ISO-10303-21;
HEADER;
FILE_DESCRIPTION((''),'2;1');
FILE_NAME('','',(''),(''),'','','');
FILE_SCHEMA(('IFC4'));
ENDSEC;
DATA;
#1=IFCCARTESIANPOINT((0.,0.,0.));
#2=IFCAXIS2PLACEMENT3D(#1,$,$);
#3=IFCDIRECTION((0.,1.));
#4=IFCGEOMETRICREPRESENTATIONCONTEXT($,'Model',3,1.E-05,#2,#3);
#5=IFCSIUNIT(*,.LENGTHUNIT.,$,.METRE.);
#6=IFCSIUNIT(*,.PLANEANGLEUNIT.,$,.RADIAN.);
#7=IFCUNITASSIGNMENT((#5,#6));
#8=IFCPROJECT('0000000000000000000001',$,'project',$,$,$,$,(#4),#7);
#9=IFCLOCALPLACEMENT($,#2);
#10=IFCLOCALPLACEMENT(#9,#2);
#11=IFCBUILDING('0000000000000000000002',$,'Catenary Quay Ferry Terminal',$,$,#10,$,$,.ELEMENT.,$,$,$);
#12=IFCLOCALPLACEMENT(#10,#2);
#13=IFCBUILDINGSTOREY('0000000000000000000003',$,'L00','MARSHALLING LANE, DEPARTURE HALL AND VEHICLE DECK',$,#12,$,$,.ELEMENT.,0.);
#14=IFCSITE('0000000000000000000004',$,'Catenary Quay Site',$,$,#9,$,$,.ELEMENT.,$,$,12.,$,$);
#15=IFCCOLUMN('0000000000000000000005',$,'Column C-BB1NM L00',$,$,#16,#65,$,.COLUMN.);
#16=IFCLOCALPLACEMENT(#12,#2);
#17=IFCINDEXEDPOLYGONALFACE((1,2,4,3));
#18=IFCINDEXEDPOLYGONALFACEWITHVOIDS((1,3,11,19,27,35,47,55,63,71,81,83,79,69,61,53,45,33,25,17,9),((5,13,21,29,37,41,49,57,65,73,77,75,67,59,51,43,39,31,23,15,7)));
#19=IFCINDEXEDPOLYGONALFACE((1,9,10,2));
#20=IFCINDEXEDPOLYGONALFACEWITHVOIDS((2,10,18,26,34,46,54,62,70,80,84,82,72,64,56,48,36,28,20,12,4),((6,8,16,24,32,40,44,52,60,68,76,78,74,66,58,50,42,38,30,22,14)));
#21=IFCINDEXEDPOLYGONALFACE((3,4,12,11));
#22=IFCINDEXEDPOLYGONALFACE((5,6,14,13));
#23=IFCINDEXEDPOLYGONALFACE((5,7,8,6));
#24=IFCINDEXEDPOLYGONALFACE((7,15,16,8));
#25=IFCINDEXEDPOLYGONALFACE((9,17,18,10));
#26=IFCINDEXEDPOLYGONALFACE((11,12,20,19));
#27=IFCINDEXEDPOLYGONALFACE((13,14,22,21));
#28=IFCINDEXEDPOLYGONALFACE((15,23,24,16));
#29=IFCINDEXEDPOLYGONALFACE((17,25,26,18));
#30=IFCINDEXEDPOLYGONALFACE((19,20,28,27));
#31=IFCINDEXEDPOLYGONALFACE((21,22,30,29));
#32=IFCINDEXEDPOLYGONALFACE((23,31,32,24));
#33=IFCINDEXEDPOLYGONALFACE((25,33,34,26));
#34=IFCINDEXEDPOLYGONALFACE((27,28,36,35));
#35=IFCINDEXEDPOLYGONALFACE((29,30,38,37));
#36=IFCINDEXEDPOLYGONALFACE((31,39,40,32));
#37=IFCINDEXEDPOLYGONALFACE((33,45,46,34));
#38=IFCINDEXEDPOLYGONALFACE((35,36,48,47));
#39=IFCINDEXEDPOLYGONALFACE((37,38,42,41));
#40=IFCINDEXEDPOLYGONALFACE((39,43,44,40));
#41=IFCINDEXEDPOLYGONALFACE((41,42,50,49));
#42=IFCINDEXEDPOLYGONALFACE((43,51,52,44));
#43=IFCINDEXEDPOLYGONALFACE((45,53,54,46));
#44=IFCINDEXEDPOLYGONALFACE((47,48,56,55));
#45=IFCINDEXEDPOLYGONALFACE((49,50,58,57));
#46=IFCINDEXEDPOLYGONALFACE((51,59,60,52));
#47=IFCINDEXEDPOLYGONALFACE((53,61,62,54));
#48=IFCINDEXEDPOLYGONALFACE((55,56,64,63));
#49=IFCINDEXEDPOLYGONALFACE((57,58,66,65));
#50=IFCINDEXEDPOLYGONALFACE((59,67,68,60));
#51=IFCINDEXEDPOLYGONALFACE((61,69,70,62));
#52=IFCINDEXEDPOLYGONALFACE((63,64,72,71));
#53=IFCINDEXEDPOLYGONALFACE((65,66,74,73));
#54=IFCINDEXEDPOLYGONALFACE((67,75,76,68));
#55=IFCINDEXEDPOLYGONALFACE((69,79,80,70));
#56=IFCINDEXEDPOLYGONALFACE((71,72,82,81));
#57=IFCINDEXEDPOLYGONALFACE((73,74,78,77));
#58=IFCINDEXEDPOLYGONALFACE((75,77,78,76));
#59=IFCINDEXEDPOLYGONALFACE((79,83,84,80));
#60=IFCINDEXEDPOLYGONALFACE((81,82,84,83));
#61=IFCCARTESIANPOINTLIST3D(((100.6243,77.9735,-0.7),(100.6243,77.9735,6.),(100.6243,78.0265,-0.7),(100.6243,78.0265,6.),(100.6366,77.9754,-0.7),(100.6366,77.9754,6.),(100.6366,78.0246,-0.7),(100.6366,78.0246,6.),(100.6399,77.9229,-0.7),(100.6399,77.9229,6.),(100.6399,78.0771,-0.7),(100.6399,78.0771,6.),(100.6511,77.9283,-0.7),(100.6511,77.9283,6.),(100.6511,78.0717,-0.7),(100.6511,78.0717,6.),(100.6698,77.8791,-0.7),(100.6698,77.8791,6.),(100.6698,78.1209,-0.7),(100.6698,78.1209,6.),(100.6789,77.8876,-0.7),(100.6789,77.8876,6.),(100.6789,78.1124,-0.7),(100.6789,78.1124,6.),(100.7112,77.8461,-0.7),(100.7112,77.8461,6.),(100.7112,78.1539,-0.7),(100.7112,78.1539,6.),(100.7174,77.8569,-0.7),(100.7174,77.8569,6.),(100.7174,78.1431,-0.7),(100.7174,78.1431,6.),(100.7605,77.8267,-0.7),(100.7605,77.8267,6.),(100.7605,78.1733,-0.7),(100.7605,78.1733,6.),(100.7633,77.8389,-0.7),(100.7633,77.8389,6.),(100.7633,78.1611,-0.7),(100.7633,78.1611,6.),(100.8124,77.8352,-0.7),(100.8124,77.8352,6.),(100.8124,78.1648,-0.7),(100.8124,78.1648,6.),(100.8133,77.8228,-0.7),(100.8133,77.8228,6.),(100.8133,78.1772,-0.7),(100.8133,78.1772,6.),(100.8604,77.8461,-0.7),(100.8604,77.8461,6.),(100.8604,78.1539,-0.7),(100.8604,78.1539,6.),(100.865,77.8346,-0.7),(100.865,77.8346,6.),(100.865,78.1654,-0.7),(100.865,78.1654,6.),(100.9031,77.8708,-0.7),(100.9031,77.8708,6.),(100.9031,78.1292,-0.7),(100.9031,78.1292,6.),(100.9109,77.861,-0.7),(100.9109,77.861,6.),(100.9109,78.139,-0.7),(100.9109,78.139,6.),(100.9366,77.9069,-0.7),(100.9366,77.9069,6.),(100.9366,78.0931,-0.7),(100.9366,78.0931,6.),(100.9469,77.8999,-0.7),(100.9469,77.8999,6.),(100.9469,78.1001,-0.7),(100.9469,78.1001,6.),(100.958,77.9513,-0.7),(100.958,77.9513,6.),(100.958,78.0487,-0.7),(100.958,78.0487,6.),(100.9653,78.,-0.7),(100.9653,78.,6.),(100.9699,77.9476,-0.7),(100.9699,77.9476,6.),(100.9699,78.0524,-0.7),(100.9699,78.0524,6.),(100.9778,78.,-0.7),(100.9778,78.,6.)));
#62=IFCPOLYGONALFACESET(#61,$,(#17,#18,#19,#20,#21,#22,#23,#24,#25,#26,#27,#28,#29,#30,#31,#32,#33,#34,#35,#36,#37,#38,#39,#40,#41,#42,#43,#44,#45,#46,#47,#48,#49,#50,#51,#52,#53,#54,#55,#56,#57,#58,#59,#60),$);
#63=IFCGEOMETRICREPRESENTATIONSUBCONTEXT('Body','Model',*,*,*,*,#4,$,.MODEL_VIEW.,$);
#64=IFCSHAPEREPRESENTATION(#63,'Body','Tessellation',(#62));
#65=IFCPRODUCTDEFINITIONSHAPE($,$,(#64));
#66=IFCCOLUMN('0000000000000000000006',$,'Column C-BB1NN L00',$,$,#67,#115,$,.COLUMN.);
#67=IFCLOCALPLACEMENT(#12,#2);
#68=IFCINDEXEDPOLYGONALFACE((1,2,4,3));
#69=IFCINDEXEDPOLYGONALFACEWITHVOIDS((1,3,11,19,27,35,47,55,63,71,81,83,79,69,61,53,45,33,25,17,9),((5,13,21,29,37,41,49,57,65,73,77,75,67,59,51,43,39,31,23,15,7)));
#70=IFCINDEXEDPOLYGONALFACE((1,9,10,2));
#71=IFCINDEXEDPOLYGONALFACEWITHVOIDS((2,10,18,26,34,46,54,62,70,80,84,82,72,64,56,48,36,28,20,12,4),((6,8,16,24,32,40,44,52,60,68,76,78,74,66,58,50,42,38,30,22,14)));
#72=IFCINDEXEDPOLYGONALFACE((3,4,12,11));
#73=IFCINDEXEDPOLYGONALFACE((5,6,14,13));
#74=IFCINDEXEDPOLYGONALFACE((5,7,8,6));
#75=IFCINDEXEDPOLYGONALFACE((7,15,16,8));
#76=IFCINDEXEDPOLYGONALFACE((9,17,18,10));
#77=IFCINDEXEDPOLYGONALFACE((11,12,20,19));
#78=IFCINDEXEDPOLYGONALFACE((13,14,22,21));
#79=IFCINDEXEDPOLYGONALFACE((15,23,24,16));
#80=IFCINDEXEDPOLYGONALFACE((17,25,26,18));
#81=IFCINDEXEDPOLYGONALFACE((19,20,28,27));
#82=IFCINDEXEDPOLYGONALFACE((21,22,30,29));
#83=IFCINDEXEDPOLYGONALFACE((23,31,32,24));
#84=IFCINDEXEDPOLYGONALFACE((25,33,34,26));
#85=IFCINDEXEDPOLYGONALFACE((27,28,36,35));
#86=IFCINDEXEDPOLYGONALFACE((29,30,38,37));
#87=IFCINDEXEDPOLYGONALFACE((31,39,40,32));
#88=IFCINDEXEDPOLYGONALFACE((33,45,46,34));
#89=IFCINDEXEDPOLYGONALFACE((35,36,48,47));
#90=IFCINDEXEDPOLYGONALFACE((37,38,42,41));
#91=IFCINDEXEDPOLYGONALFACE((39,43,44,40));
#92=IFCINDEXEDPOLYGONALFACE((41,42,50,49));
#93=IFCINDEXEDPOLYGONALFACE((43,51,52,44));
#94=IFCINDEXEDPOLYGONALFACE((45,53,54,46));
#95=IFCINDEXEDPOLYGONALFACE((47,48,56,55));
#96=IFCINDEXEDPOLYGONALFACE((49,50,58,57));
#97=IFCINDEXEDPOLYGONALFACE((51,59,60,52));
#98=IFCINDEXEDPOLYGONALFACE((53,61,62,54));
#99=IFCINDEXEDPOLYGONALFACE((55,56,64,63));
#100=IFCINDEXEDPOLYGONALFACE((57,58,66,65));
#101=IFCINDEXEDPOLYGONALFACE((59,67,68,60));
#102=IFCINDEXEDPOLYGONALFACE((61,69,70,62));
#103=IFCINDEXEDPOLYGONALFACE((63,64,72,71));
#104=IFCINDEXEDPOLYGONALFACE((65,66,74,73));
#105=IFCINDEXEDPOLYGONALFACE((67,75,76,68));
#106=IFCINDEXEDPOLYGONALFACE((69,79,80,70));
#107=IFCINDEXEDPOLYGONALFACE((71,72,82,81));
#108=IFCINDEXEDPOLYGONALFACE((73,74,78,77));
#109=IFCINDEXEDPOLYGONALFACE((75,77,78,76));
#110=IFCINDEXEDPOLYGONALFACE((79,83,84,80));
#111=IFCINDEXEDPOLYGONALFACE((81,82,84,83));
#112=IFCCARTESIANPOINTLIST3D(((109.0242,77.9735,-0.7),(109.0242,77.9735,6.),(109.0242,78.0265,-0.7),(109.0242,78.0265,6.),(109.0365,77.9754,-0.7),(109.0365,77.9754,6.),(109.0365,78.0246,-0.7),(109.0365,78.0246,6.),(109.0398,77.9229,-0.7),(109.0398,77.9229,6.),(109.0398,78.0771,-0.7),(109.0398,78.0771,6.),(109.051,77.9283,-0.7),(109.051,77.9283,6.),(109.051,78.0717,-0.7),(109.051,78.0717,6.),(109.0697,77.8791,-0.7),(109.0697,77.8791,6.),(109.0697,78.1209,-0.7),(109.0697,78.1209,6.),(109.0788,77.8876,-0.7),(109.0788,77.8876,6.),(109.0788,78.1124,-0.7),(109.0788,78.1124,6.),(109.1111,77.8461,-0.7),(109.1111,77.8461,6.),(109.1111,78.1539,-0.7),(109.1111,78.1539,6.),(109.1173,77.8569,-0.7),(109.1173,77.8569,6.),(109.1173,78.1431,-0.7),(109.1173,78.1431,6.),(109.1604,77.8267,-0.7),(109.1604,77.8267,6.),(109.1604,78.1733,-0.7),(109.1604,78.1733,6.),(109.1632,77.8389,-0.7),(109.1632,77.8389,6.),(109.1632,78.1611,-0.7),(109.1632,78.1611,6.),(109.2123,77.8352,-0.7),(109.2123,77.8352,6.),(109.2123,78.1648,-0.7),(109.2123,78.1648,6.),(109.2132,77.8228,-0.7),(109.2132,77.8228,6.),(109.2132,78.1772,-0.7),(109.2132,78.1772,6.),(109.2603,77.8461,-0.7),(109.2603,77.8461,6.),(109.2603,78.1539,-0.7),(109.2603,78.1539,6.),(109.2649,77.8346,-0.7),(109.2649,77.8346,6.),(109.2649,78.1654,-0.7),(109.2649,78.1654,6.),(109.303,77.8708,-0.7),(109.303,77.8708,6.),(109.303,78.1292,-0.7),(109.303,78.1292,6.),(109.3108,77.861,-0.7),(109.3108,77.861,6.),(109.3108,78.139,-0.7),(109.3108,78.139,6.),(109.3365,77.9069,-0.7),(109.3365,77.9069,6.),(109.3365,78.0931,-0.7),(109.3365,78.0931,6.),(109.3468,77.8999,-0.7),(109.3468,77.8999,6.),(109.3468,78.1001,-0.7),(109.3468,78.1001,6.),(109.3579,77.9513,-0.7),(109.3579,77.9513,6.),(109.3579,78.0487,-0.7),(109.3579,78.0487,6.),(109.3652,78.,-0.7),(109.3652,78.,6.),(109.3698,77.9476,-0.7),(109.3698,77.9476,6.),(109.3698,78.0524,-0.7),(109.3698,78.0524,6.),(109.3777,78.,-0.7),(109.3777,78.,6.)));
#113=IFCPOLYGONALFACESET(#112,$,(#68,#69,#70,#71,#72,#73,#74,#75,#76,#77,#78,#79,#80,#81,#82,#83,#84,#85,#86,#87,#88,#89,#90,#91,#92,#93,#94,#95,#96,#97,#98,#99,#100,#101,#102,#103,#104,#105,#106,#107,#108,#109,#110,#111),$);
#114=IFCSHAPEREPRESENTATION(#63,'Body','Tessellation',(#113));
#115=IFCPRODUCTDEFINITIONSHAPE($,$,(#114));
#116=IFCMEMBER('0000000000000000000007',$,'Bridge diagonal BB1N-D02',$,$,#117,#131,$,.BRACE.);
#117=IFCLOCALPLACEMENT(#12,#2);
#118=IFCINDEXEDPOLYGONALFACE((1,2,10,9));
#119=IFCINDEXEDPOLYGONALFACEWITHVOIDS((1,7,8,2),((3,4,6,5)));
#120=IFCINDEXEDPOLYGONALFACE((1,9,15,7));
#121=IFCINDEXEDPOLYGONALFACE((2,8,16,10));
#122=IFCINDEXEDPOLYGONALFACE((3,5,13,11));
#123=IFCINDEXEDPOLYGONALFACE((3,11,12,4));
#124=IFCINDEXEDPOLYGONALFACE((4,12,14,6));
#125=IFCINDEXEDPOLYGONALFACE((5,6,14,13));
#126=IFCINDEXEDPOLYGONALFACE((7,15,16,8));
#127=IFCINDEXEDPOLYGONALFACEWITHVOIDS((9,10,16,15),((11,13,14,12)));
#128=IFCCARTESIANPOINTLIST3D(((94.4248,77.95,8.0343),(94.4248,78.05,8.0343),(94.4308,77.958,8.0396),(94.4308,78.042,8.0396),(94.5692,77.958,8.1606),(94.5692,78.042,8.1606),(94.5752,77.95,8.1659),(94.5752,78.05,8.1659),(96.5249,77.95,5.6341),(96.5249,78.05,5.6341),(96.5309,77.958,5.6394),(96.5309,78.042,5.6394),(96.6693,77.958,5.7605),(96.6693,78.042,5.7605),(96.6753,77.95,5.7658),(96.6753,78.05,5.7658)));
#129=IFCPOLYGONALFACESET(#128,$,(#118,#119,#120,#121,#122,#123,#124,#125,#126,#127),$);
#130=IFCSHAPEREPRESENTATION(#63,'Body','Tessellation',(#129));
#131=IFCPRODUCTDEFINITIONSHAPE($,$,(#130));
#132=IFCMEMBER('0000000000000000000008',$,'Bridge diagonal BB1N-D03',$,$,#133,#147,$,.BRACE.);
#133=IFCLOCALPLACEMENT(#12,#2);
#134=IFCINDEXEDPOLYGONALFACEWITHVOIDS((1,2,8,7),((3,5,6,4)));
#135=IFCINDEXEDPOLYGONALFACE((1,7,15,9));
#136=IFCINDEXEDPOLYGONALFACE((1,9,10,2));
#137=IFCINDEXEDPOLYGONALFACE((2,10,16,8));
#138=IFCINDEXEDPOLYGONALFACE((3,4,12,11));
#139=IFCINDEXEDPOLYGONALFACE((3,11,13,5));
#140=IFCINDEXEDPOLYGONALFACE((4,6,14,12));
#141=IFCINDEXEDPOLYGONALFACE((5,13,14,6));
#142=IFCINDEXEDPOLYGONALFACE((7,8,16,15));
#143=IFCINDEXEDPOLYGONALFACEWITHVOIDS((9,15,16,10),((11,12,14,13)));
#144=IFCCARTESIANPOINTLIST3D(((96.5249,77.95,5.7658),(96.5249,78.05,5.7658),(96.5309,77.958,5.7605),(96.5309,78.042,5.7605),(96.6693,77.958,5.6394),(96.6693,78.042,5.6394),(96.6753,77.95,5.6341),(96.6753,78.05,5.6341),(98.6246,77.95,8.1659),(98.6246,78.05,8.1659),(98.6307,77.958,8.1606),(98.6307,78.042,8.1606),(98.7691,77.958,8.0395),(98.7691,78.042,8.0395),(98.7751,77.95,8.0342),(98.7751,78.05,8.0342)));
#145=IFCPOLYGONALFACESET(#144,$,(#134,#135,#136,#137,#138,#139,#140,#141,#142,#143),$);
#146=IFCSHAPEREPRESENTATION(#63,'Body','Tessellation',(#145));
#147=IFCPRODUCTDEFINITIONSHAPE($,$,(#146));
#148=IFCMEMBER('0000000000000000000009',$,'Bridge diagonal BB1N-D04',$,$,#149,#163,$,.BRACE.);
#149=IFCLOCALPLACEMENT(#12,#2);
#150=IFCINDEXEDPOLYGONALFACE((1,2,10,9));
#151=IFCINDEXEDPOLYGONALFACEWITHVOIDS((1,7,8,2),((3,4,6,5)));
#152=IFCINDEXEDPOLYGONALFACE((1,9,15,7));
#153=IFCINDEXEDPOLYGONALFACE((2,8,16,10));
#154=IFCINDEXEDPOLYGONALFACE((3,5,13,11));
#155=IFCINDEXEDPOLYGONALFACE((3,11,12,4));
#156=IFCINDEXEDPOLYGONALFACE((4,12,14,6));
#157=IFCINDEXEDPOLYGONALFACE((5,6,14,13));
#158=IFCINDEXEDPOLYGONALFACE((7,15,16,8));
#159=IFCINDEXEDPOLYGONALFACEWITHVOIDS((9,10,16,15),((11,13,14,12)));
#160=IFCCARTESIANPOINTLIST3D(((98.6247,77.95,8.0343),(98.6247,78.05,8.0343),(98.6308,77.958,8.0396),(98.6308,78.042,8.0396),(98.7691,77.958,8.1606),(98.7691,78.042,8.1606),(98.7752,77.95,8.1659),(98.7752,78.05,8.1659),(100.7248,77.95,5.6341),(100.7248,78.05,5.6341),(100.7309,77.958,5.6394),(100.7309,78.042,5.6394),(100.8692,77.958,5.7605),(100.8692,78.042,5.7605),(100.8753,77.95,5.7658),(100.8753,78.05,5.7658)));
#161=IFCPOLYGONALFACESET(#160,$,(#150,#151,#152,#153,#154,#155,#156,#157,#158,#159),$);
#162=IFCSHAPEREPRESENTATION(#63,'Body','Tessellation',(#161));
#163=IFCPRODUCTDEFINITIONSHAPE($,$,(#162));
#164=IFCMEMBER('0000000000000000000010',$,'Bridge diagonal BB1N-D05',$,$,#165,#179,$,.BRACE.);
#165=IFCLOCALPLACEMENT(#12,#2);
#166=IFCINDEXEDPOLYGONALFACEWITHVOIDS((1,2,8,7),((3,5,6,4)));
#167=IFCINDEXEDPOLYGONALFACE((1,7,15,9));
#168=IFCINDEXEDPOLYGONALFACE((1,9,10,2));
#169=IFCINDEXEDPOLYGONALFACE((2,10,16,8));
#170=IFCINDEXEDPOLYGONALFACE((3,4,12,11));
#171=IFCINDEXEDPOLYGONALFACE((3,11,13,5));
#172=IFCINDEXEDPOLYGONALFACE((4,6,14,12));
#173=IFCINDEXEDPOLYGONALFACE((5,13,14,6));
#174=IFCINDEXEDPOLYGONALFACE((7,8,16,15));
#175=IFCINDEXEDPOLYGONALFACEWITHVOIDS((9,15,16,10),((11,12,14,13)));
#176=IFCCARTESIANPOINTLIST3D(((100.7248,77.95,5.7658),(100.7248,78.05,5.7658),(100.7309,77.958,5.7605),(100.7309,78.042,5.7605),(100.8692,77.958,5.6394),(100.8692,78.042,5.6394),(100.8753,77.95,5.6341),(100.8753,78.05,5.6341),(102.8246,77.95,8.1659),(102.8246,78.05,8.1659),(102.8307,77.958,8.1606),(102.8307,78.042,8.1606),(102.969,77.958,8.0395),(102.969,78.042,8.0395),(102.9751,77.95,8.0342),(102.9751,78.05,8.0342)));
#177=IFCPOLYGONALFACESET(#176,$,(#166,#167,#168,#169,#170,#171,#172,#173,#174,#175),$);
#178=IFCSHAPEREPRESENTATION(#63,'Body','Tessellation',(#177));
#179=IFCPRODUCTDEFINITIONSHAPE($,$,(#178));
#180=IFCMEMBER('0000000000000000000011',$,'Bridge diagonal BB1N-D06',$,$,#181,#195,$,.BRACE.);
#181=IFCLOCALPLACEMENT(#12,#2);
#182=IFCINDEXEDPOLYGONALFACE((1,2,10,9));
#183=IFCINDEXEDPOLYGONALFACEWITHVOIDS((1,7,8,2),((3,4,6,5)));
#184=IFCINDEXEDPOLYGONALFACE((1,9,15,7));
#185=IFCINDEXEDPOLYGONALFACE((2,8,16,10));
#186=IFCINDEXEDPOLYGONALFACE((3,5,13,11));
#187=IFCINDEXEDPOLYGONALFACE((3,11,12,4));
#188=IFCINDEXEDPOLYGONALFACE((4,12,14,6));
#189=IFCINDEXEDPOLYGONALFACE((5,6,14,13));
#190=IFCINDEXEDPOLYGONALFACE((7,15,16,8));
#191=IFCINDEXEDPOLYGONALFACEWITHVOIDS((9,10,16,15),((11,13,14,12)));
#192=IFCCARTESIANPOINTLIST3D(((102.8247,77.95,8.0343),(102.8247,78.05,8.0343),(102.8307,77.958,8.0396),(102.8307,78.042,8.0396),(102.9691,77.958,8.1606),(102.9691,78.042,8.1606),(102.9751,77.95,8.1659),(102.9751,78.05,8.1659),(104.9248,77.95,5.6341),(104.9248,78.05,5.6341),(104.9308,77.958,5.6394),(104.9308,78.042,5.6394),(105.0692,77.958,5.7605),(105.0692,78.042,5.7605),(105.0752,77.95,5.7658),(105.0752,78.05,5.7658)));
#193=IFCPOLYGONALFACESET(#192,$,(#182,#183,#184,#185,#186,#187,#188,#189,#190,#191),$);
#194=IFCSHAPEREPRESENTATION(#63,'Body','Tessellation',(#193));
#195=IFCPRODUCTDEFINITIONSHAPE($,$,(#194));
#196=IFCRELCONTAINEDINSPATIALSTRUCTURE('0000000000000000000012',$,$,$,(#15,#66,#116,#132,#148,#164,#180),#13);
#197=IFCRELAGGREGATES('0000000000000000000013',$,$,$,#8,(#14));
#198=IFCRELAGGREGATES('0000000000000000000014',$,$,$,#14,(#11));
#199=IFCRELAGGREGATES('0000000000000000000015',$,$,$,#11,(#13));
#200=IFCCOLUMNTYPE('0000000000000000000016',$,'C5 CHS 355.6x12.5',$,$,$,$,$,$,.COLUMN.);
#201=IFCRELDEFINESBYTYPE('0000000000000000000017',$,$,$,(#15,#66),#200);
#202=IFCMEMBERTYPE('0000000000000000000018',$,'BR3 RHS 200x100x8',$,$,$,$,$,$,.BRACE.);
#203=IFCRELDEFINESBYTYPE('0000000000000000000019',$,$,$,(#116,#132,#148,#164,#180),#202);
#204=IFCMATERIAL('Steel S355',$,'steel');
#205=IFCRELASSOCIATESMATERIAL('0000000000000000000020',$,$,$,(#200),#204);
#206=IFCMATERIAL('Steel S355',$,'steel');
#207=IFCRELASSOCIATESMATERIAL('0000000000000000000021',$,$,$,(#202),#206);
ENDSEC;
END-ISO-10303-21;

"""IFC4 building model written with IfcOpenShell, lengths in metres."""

from ifc_helpers import new_model, si_unit, direction, frame, origin, origin_2d, place, context, subcontext, project, spatial, hollow_rectangle, hollow_circle, extrude, material, material_profile, profile_set, type_object, element, save


model = new_model("IFC4")

# Units and contexts
model_context = context("Model", 3, precision=1e-05, world=origin(), true_north=direction((0.0, 1.0)))
body_context = subcontext(model_context, "Body", "Model", "MODEL_VIEW")
ifc_project = project(units=[si_unit("LENGTHUNIT", "METRE"), si_unit("PLANEANGLEUNIT", "RADIAN")], contexts=[model_context])

# Site, building, storey
site_placement = place(None, origin())
site = spatial("IfcSite", under=ifc_project, at=site_placement, Name="Catenary Quay Site", CompositionType="ELEMENT", RefElevation=12.0)
building_placement = place(site_placement, origin())
building = spatial("IfcBuilding", under=site, at=building_placement, Name="Catenary Quay Ferry Terminal", CompositionType="ELEMENT")
storey_placement = place(building_placement, origin())
storey = spatial("IfcBuildingStorey", under=building, at=storey_placement, Name="L00", Description="MARSHALLING LANE, DEPARTURE HALL AND VEHICLE DECK", CompositionType="ELEMENT", Elevation=0.0)

# Columns
ifc_material_1 = material(Name="Steel S355", Category="steel")
ifc_material_profile_1 = material_profile(ifc_material_1, hollow_circle(Radius=0.1777, WallThickness=0.0125, at=origin_2d()), Name="CHS 355.6x12.5")
ifc_profile_set_1 = profile_set([ifc_material_profile_1], Name="Steel S355")
column_type = type_object("IfcColumnType", Name="C5 CHS 355.6x12.5", PredefinedType="COLUMN", material=ifc_profile_set_1)
for number, where, z_axis, x_axis, name in (
    (1, (100.8, 78.0, -0.7), (0.0, 0.0, 1.0), (1.0, 0.0, 0.0), "Column C-BB1NM L00"),
    (2, (109.2, 78.0, -0.7), (0.0, 0.0, 1.0), (1.0, 0.0, 0.0), "Column C-BB1NN L00"),
):
    element("IfcColumn", number, at=place(storey_placement, frame(where, z_axis=z_axis, x_axis=x_axis)), inside=storey, type_object=column_type, Name=name, PredefinedType="COLUMN", context=body_context, shape_type="SweptSolid", body=[
        extrude(hollow_circle(Radius=0.1777, WallThickness=0.0125, at=origin_2d()), origin(), (0.0, 0.0, 1.0), 6.7),
    ])

# Members
ifc_material_2 = material(Name="Steel S355", Category="steel")
ifc_material_profile_2 = material_profile(ifc_material_2, hollow_rectangle(XDim=0.1001, YDim=0.2, WallThickness=0.0081, at=origin_2d()), Name="RHS 200x100x8")
ifc_profile_set_2 = profile_set([ifc_material_profile_2], Name="Steel S355")
member_type_1 = type_object("IfcMemberType", Name="BR3 RHS 200x100x8", PredefinedType="BRACE", material=ifc_profile_set_2)
member_1_placement = place(storey_placement, frame((94.5, 78.0, 8.1001), z_axis=(0.658499, 0.0, -0.752581), x_axis=(0.0, 1.0, 0.0)))
element("IfcMember", 3, at=member_1_placement, inside=storey, type_object=member_type_1, Name="Bridge diagonal BB1N-D02", PredefinedType="BRACE", context=body_context, shape_type="SweptSolid", body=[
    extrude(hollow_rectangle(XDim=0.1001, YDim=0.2, WallThickness=0.0081, at=origin_2d()), origin(), (0.0, 0.0, 1.0), 3.1892),
])
member_2_placement = place(storey_placement, frame((96.6001, 78.0, 5.7), z_axis=(0.658456, 0.0, 0.752619), x_axis=(0.0, 1.0, 0.0)))
element("IfcMember", 4, at=member_2_placement, inside=storey, type_object=member_type_1, Name="Bridge diagonal BB1N-D03", PredefinedType="BRACE", context=body_context, shape_type="SweptSolid", body=[
    extrude(hollow_rectangle(XDim=0.1001, YDim=0.2, WallThickness=0.0081, at=origin_2d()), origin(), (0.0, 0.0, 1.0), 3.189),
])
member_3_placement = place(storey_placement, frame((98.7, 78.0, 8.1001), z_axis=(0.658499, 0.0, -0.752581), x_axis=(0.0, 1.0, 0.0)))
element("IfcMember", 5, at=member_3_placement, inside=storey, type_object=member_type_1, Name="Bridge diagonal BB1N-D04", PredefinedType="BRACE", context=body_context, shape_type="SweptSolid", body=[
    extrude(hollow_rectangle(XDim=0.1001, YDim=0.2, WallThickness=0.0081, at=origin_2d()), origin(), (0.0, 0.0, 1.0), 3.1892),
])
member_4_placement = place(storey_placement, frame((100.8, 78.0, 5.7), z_axis=(0.658456, 0.0, 0.752619), x_axis=(0.0, 1.0, 0.0)))
element("IfcMember", 6, at=member_4_placement, inside=storey, type_object=member_type_1, Name="Bridge diagonal BB1N-D05", PredefinedType="BRACE", context=body_context, shape_type="SweptSolid", body=[
    extrude(hollow_rectangle(XDim=0.1001, YDim=0.2, WallThickness=0.0081, at=origin_2d()), origin(), (0.0, 0.0, 1.0), 3.189),
])
for number, where, z_axis, x_axis, name in (
    (7, (102.8999, 78.0, 8.1001), (0.658499, 0.0, -0.752581), (0.0, 1.0, 0.0), "Bridge diagonal BB1N-D06"),
):
    element("IfcMember", number, at=place(storey_placement, frame(where, z_axis=z_axis, x_axis=x_axis)), inside=storey, type_object=member_type_1, Name=name, PredefinedType="BRACE", context=body_context, shape_type="SweptSolid", body=[
        extrude(hollow_rectangle(XDim=0.1001, YDim=0.2, WallThickness=0.0081, at=origin_2d()), origin(), (0.0, 0.0, 1.0), 3.1892),
    ])

save(model, "model.ifc")
